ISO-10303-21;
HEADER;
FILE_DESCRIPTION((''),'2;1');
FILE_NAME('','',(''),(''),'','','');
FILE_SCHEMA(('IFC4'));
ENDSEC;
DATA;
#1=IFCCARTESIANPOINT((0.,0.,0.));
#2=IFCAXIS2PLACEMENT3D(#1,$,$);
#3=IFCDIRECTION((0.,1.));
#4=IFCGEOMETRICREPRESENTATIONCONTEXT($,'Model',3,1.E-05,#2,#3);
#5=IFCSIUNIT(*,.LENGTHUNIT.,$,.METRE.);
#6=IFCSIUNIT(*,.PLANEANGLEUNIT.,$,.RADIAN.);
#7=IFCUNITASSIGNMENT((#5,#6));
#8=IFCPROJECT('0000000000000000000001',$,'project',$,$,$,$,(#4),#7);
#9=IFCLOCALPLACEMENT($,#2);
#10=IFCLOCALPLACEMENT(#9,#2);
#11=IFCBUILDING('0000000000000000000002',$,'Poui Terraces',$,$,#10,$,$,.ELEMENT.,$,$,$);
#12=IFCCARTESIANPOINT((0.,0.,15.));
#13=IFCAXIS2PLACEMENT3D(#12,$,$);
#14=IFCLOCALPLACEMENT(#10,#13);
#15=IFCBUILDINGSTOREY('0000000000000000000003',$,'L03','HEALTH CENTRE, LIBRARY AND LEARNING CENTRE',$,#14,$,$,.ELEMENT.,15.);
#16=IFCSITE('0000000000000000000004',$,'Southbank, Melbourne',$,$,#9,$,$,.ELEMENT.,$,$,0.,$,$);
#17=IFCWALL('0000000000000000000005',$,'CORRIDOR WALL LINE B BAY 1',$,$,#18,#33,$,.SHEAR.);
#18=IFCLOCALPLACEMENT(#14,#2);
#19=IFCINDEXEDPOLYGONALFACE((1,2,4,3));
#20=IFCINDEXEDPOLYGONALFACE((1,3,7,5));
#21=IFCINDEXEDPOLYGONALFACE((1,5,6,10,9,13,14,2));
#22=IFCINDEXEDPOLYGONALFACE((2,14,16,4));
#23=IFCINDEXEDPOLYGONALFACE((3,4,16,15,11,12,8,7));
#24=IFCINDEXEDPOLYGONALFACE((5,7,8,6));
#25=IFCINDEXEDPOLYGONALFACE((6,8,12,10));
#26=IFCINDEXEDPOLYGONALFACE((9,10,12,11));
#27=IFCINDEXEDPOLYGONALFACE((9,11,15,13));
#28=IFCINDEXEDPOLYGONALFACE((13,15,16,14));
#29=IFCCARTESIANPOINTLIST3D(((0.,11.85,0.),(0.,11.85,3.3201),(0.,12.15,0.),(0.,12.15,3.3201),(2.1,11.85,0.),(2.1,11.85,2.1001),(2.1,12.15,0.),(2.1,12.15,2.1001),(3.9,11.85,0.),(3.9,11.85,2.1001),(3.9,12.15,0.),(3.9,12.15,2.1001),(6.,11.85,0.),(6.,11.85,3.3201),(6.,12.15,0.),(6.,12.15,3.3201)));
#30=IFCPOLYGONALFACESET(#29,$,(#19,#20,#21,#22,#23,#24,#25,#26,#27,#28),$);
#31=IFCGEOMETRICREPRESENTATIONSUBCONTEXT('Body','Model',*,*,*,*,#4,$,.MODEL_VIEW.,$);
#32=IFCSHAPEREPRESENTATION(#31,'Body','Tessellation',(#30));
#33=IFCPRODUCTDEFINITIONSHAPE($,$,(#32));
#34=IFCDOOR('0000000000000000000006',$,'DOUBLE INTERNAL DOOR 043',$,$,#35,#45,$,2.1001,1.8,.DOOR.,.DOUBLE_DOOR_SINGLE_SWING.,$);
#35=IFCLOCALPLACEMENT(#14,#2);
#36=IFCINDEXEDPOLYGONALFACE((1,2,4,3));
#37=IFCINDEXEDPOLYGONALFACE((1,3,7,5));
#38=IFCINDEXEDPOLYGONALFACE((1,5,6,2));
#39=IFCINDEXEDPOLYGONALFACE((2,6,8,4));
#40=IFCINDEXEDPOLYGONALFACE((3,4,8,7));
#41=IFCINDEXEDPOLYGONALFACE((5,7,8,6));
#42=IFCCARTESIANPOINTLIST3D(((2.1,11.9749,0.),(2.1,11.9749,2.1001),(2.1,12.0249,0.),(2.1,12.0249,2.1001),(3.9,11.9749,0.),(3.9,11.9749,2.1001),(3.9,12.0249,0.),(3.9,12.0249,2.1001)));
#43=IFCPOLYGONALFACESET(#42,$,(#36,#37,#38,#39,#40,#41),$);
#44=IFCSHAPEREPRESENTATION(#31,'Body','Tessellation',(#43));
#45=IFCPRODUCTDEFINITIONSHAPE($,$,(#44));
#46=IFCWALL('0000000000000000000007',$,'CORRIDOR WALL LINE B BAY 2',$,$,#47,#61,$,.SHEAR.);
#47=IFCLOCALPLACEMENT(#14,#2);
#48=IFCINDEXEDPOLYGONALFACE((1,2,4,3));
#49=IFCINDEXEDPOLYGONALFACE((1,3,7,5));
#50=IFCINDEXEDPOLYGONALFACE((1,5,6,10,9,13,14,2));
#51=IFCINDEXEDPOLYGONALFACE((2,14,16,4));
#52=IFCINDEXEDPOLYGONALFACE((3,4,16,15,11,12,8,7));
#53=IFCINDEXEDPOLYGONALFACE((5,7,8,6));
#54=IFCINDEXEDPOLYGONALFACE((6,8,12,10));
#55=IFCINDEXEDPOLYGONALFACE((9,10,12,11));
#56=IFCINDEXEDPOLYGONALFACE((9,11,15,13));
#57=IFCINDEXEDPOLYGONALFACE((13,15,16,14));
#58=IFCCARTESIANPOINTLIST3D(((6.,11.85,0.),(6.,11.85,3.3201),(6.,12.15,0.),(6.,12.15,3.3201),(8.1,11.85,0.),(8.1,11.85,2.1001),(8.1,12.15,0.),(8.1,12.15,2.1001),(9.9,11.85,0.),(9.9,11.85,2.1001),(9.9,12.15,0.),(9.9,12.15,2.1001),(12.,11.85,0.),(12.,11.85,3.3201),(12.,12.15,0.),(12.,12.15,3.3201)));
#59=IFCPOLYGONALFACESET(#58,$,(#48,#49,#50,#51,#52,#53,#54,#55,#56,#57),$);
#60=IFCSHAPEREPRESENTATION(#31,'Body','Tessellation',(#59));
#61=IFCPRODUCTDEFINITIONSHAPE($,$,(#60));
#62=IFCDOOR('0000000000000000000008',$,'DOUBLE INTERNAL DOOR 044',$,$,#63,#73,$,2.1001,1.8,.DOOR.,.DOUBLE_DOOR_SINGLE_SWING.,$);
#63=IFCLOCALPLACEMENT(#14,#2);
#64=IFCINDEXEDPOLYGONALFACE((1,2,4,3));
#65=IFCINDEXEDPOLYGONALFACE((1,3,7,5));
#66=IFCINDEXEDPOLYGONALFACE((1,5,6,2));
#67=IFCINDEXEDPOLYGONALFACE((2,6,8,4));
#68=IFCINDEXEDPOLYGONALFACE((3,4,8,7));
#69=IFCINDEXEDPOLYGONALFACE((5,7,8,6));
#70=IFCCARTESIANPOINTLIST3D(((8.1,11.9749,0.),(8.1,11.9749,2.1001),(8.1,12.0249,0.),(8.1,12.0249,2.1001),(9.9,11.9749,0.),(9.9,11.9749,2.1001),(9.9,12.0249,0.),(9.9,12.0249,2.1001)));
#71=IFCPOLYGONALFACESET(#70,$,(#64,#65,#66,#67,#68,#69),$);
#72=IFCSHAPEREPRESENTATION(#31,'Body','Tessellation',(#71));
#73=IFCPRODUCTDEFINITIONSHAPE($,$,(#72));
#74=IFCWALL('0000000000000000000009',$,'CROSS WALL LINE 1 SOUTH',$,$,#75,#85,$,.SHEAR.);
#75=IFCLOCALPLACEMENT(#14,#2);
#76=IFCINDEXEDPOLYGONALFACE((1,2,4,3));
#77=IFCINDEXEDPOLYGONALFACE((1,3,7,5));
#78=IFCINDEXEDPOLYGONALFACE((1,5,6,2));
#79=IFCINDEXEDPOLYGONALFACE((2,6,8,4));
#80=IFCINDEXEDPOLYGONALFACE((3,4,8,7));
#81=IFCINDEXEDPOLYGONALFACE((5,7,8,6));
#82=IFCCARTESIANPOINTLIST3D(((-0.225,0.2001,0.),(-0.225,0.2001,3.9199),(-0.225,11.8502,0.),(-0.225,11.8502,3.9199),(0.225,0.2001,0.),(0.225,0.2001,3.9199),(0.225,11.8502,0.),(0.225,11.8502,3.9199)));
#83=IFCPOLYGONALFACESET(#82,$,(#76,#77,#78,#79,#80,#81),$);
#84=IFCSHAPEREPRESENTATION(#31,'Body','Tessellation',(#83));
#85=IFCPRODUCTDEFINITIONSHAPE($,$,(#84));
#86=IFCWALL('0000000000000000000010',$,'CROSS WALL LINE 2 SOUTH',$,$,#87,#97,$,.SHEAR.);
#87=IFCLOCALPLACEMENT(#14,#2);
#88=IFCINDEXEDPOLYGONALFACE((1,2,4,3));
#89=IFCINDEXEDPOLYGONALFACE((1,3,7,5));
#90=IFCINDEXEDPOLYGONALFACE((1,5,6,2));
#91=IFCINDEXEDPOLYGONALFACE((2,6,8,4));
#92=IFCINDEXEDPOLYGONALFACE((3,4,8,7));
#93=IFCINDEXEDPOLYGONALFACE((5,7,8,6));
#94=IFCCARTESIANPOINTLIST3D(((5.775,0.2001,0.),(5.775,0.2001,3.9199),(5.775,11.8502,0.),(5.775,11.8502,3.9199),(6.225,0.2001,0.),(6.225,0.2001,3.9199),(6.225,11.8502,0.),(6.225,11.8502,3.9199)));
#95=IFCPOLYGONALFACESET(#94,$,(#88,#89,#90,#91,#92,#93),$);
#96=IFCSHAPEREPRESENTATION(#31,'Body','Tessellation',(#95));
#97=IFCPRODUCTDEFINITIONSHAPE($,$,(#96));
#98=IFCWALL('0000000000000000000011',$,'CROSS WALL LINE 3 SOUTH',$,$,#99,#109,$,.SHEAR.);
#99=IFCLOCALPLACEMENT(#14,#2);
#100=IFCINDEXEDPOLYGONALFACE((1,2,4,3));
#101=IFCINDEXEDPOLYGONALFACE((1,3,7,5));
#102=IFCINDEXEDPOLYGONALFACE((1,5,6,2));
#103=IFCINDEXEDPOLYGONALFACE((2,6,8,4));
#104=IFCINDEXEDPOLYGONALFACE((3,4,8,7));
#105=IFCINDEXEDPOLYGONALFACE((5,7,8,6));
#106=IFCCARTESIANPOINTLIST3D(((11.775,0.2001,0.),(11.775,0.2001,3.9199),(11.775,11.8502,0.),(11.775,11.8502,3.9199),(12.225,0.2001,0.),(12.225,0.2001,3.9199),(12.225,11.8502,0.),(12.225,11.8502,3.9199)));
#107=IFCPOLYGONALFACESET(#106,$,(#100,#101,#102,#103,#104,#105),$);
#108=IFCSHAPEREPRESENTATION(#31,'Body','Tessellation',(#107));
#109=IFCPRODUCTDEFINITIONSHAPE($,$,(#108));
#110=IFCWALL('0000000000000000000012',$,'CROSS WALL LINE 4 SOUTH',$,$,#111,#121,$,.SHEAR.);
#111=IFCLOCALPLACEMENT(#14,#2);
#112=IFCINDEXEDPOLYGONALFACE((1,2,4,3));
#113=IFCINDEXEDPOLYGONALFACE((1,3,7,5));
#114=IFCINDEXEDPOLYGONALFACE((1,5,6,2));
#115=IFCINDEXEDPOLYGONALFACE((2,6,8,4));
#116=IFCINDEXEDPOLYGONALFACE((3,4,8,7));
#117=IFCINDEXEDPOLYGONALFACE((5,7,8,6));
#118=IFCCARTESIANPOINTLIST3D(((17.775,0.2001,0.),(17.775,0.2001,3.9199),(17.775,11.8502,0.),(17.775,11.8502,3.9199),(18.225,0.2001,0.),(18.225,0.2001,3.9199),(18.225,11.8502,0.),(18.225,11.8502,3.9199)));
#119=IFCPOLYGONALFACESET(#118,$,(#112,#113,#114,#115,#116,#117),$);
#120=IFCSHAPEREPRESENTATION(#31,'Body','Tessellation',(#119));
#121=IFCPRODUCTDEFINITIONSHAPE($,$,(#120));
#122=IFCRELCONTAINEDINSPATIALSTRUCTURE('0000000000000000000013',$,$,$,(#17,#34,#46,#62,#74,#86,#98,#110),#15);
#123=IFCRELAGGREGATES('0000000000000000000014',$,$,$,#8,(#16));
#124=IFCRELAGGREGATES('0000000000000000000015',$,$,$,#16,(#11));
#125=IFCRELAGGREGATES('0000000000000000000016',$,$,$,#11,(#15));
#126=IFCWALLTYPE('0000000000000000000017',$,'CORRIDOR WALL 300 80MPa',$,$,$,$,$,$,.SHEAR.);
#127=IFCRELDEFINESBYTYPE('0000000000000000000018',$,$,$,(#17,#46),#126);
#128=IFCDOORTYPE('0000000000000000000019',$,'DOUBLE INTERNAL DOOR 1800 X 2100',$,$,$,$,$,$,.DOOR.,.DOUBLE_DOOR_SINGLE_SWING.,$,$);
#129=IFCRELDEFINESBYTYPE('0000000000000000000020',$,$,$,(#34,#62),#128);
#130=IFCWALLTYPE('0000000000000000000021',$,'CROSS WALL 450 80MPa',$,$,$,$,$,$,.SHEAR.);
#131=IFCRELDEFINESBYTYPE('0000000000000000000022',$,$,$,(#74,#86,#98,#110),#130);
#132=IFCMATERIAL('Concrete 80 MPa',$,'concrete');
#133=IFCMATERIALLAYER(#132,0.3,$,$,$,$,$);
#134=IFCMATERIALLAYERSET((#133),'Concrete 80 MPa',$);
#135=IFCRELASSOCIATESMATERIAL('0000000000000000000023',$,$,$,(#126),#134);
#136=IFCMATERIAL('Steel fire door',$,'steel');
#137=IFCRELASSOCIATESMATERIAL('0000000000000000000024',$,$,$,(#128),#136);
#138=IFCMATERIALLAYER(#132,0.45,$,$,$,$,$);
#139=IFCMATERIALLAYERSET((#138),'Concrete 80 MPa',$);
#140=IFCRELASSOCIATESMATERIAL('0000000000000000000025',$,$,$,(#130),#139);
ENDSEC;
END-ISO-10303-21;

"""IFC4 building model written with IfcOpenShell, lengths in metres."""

from ifc_helpers import new_model, si_unit, direction, frame, frame_2d, origin, place, context, subcontext, project, spatial, rectangle, extrude, material, layer, layer_set, type_object, element, fill, save


model = new_model("IFC4")

# Units and contexts
model_context = context("Model", 3, precision=1e-05, world=origin(), true_north=direction((0.0, 1.0)))
body_context = subcontext(model_context, "Body", "Model", "MODEL_VIEW")
ifc_project = project(units=[si_unit("LENGTHUNIT", "METRE"), si_unit("PLANEANGLEUNIT", "RADIAN")], contexts=[model_context])

# Site, building, storey
site_placement = place(None, origin())
site = spatial("IfcSite", under=ifc_project, at=site_placement, Name="Southbank, Melbourne", CompositionType="ELEMENT", RefElevation=0.0)
building_placement = place(site_placement, origin())
building = spatial("IfcBuilding", under=site, at=building_placement, Name="Poui Terraces", CompositionType="ELEMENT")
storey_placement = place(building_placement, frame((0.0, 0.0, 15.0)))
storey = spatial("IfcBuildingStorey", under=building, at=storey_placement, Name="L03", Description="HEALTH CENTRE, LIBRARY AND LEARNING CENTRE", CompositionType="ELEMENT", Elevation=15.0)

# Shared definitions
ifc_material_1 = material(Name="Concrete 80 MPa", Category="concrete")

# Walls, openings, doors
ifc_layer_1 = layer(ifc_material_1, 0.3)
ifc_layer_set_1 = layer_set([ifc_layer_1], Name="Concrete 80 MPa")
wall_type_1 = type_object("IfcWallType", Name="CORRIDOR WALL 300 80MPa", PredefinedType="SHEAR", material=ifc_layer_set_1)
wall_1_placement = place(storey_placement, frame((0.0, 12.0, 0.0), z_axis=(0.0, 0.0, 1.0), x_axis=(1.0, 0.0, 0.0)))
wall_1 = element("IfcWall", 1, at=wall_1_placement, inside=storey, type_object=wall_type_1, Name="CORRIDOR WALL LINE B BAY 1", PredefinedType="SHEAR", context=body_context, shape_type="SweptSolid", body=[
    extrude(rectangle(XDim=6.0, YDim=0.3, at=frame_2d((3.0, 0.0))), origin(), (0.0, 0.0, 1.0), 3.3201),
])
opening_1_placement = place(wall_1_placement, frame((2.1001, 0.0, 0.0)))
opening_1 = element("IfcOpeningElement", 2, at=opening_1_placement, cuts=wall_1, PredefinedType="OPENING", context=body_context, shape_type="SweptSolid", body=[
    extrude(rectangle(XDim=1.8, YDim=2.1001, at=frame_2d((0.8999, 1.05))), frame((0.0, 0.1602, 0.0), z_axis=(0.0, -1.0, 0.0), x_axis=(1.0, 0.0, 0.0)), (0.0, 0.0, 1.0), 0.3201),
])
ifc_material_2 = material(Name="Steel fire door", Category="steel")
door_type = type_object("IfcDoorType", Name="DOUBLE INTERNAL DOOR 1800 X 2100", OperationType="DOUBLE_DOOR_SINGLE_SWING", PredefinedType="DOOR", material=ifc_material_2)
door_1_placement = place(opening_1_placement, origin())
door_1 = element("IfcDoor", 3, at=door_1_placement, inside=storey, type_object=door_type, Name="DOUBLE INTERNAL DOOR 043", OperationType="DOUBLE_DOOR_SINGLE_SWING", OverallHeight=2.1001, OverallWidth=1.8, PredefinedType="DOOR", context=body_context, shape_type="SweptSolid", body=[
    extrude(rectangle(XDim=1.8, YDim=2.1001, at=frame_2d((0.8999, 1.05))), frame((0.0, 0.0249, 0.0), z_axis=(0.0, -1.0, 0.0), x_axis=(1.0, 0.0, 0.0)), (0.0, 0.0, 1.0), 0.05),
])
fill(opening_1, door_1)
wall_2_placement = place(storey_placement, frame((6.0, 12.0, 0.0), z_axis=(0.0, 0.0, 1.0), x_axis=(1.0, 0.0, 0.0)))
wall_2 = element("IfcWall", 4, at=wall_2_placement, inside=storey, type_object=wall_type_1, Name="CORRIDOR WALL LINE B BAY 2", PredefinedType="SHEAR", context=body_context, shape_type="SweptSolid", body=[
    extrude(rectangle(XDim=6.0, YDim=0.3, at=frame_2d((3.0, 0.0))), origin(), (0.0, 0.0, 1.0), 3.3201),
])
opening_2_placement = place(wall_2_placement, frame((2.1001, 0.0, 0.0)))
opening_2 = element("IfcOpeningElement", 5, at=opening_2_placement, cuts=wall_2, PredefinedType="OPENING", context=body_context, shape_type="SweptSolid", body=[
    extrude(rectangle(XDim=1.8, YDim=2.1001, at=frame_2d((0.8999, 1.05))), frame((0.0, 0.1602, 0.0), z_axis=(0.0, -1.0, 0.0), x_axis=(1.0, 0.0, 0.0)), (0.0, 0.0, 1.0), 0.3201),
])
door_2_placement = place(opening_2_placement, origin())
door_2 = element("IfcDoor", 6, at=door_2_placement, inside=storey, type_object=door_type, Name="DOUBLE INTERNAL DOOR 044", OperationType="DOUBLE_DOOR_SINGLE_SWING", OverallHeight=2.1001, OverallWidth=1.8, PredefinedType="DOOR", context=body_context, shape_type="SweptSolid", body=[
    extrude(rectangle(XDim=1.8, YDim=2.1001, at=frame_2d((0.8999, 1.05))), frame((0.0, 0.0249, 0.0), z_axis=(0.0, -1.0, 0.0), x_axis=(1.0, 0.0, 0.0)), (0.0, 0.0, 1.0), 0.05),
])
fill(opening_2, door_2)

# Walls
ifc_layer_2 = layer(ifc_material_1, 0.45)
ifc_layer_set_2 = layer_set([ifc_layer_2], Name="Concrete 80 MPa")
wall_type_2 = type_object("IfcWallType", Name="CROSS WALL 450 80MPa", PredefinedType="SHEAR", material=ifc_layer_set_2)
for number, where, z_axis, x_axis, name in (
    (7, (0.0, 0.2, 0.0), (0.0, 0.0, 1.0), (0.0, 1.0, 0.0), "CROSS WALL LINE 1 SOUTH"),
    (8, (6.0, 0.2, 0.0), (0.0, 0.0, 1.0), (0.0, 1.0, 0.0), "CROSS WALL LINE 2 SOUTH"),
    (9, (12.0, 0.2, 0.0), (0.0, 0.0, 1.0), (0.0, 1.0, 0.0), "CROSS WALL LINE 3 SOUTH"),
    (10, (18.0, 0.2, 0.0), (0.0, 0.0, 1.0), (0.0, 1.0, 0.0), "CROSS WALL LINE 4 SOUTH"),
):
    element("IfcWall", number, at=place(storey_placement, frame(where, z_axis=z_axis, x_axis=x_axis)), inside=storey, type_object=wall_type_2, Name=name, PredefinedType="SHEAR", context=body_context, shape_type="SweptSolid", body=[
        extrude(rectangle(XDim=11.6501, YDim=0.45, at=frame_2d((5.8252, 0.0))), origin(), (0.0, 0.0, 1.0), 3.9199),
    ])

save(model, "model.ifc")
